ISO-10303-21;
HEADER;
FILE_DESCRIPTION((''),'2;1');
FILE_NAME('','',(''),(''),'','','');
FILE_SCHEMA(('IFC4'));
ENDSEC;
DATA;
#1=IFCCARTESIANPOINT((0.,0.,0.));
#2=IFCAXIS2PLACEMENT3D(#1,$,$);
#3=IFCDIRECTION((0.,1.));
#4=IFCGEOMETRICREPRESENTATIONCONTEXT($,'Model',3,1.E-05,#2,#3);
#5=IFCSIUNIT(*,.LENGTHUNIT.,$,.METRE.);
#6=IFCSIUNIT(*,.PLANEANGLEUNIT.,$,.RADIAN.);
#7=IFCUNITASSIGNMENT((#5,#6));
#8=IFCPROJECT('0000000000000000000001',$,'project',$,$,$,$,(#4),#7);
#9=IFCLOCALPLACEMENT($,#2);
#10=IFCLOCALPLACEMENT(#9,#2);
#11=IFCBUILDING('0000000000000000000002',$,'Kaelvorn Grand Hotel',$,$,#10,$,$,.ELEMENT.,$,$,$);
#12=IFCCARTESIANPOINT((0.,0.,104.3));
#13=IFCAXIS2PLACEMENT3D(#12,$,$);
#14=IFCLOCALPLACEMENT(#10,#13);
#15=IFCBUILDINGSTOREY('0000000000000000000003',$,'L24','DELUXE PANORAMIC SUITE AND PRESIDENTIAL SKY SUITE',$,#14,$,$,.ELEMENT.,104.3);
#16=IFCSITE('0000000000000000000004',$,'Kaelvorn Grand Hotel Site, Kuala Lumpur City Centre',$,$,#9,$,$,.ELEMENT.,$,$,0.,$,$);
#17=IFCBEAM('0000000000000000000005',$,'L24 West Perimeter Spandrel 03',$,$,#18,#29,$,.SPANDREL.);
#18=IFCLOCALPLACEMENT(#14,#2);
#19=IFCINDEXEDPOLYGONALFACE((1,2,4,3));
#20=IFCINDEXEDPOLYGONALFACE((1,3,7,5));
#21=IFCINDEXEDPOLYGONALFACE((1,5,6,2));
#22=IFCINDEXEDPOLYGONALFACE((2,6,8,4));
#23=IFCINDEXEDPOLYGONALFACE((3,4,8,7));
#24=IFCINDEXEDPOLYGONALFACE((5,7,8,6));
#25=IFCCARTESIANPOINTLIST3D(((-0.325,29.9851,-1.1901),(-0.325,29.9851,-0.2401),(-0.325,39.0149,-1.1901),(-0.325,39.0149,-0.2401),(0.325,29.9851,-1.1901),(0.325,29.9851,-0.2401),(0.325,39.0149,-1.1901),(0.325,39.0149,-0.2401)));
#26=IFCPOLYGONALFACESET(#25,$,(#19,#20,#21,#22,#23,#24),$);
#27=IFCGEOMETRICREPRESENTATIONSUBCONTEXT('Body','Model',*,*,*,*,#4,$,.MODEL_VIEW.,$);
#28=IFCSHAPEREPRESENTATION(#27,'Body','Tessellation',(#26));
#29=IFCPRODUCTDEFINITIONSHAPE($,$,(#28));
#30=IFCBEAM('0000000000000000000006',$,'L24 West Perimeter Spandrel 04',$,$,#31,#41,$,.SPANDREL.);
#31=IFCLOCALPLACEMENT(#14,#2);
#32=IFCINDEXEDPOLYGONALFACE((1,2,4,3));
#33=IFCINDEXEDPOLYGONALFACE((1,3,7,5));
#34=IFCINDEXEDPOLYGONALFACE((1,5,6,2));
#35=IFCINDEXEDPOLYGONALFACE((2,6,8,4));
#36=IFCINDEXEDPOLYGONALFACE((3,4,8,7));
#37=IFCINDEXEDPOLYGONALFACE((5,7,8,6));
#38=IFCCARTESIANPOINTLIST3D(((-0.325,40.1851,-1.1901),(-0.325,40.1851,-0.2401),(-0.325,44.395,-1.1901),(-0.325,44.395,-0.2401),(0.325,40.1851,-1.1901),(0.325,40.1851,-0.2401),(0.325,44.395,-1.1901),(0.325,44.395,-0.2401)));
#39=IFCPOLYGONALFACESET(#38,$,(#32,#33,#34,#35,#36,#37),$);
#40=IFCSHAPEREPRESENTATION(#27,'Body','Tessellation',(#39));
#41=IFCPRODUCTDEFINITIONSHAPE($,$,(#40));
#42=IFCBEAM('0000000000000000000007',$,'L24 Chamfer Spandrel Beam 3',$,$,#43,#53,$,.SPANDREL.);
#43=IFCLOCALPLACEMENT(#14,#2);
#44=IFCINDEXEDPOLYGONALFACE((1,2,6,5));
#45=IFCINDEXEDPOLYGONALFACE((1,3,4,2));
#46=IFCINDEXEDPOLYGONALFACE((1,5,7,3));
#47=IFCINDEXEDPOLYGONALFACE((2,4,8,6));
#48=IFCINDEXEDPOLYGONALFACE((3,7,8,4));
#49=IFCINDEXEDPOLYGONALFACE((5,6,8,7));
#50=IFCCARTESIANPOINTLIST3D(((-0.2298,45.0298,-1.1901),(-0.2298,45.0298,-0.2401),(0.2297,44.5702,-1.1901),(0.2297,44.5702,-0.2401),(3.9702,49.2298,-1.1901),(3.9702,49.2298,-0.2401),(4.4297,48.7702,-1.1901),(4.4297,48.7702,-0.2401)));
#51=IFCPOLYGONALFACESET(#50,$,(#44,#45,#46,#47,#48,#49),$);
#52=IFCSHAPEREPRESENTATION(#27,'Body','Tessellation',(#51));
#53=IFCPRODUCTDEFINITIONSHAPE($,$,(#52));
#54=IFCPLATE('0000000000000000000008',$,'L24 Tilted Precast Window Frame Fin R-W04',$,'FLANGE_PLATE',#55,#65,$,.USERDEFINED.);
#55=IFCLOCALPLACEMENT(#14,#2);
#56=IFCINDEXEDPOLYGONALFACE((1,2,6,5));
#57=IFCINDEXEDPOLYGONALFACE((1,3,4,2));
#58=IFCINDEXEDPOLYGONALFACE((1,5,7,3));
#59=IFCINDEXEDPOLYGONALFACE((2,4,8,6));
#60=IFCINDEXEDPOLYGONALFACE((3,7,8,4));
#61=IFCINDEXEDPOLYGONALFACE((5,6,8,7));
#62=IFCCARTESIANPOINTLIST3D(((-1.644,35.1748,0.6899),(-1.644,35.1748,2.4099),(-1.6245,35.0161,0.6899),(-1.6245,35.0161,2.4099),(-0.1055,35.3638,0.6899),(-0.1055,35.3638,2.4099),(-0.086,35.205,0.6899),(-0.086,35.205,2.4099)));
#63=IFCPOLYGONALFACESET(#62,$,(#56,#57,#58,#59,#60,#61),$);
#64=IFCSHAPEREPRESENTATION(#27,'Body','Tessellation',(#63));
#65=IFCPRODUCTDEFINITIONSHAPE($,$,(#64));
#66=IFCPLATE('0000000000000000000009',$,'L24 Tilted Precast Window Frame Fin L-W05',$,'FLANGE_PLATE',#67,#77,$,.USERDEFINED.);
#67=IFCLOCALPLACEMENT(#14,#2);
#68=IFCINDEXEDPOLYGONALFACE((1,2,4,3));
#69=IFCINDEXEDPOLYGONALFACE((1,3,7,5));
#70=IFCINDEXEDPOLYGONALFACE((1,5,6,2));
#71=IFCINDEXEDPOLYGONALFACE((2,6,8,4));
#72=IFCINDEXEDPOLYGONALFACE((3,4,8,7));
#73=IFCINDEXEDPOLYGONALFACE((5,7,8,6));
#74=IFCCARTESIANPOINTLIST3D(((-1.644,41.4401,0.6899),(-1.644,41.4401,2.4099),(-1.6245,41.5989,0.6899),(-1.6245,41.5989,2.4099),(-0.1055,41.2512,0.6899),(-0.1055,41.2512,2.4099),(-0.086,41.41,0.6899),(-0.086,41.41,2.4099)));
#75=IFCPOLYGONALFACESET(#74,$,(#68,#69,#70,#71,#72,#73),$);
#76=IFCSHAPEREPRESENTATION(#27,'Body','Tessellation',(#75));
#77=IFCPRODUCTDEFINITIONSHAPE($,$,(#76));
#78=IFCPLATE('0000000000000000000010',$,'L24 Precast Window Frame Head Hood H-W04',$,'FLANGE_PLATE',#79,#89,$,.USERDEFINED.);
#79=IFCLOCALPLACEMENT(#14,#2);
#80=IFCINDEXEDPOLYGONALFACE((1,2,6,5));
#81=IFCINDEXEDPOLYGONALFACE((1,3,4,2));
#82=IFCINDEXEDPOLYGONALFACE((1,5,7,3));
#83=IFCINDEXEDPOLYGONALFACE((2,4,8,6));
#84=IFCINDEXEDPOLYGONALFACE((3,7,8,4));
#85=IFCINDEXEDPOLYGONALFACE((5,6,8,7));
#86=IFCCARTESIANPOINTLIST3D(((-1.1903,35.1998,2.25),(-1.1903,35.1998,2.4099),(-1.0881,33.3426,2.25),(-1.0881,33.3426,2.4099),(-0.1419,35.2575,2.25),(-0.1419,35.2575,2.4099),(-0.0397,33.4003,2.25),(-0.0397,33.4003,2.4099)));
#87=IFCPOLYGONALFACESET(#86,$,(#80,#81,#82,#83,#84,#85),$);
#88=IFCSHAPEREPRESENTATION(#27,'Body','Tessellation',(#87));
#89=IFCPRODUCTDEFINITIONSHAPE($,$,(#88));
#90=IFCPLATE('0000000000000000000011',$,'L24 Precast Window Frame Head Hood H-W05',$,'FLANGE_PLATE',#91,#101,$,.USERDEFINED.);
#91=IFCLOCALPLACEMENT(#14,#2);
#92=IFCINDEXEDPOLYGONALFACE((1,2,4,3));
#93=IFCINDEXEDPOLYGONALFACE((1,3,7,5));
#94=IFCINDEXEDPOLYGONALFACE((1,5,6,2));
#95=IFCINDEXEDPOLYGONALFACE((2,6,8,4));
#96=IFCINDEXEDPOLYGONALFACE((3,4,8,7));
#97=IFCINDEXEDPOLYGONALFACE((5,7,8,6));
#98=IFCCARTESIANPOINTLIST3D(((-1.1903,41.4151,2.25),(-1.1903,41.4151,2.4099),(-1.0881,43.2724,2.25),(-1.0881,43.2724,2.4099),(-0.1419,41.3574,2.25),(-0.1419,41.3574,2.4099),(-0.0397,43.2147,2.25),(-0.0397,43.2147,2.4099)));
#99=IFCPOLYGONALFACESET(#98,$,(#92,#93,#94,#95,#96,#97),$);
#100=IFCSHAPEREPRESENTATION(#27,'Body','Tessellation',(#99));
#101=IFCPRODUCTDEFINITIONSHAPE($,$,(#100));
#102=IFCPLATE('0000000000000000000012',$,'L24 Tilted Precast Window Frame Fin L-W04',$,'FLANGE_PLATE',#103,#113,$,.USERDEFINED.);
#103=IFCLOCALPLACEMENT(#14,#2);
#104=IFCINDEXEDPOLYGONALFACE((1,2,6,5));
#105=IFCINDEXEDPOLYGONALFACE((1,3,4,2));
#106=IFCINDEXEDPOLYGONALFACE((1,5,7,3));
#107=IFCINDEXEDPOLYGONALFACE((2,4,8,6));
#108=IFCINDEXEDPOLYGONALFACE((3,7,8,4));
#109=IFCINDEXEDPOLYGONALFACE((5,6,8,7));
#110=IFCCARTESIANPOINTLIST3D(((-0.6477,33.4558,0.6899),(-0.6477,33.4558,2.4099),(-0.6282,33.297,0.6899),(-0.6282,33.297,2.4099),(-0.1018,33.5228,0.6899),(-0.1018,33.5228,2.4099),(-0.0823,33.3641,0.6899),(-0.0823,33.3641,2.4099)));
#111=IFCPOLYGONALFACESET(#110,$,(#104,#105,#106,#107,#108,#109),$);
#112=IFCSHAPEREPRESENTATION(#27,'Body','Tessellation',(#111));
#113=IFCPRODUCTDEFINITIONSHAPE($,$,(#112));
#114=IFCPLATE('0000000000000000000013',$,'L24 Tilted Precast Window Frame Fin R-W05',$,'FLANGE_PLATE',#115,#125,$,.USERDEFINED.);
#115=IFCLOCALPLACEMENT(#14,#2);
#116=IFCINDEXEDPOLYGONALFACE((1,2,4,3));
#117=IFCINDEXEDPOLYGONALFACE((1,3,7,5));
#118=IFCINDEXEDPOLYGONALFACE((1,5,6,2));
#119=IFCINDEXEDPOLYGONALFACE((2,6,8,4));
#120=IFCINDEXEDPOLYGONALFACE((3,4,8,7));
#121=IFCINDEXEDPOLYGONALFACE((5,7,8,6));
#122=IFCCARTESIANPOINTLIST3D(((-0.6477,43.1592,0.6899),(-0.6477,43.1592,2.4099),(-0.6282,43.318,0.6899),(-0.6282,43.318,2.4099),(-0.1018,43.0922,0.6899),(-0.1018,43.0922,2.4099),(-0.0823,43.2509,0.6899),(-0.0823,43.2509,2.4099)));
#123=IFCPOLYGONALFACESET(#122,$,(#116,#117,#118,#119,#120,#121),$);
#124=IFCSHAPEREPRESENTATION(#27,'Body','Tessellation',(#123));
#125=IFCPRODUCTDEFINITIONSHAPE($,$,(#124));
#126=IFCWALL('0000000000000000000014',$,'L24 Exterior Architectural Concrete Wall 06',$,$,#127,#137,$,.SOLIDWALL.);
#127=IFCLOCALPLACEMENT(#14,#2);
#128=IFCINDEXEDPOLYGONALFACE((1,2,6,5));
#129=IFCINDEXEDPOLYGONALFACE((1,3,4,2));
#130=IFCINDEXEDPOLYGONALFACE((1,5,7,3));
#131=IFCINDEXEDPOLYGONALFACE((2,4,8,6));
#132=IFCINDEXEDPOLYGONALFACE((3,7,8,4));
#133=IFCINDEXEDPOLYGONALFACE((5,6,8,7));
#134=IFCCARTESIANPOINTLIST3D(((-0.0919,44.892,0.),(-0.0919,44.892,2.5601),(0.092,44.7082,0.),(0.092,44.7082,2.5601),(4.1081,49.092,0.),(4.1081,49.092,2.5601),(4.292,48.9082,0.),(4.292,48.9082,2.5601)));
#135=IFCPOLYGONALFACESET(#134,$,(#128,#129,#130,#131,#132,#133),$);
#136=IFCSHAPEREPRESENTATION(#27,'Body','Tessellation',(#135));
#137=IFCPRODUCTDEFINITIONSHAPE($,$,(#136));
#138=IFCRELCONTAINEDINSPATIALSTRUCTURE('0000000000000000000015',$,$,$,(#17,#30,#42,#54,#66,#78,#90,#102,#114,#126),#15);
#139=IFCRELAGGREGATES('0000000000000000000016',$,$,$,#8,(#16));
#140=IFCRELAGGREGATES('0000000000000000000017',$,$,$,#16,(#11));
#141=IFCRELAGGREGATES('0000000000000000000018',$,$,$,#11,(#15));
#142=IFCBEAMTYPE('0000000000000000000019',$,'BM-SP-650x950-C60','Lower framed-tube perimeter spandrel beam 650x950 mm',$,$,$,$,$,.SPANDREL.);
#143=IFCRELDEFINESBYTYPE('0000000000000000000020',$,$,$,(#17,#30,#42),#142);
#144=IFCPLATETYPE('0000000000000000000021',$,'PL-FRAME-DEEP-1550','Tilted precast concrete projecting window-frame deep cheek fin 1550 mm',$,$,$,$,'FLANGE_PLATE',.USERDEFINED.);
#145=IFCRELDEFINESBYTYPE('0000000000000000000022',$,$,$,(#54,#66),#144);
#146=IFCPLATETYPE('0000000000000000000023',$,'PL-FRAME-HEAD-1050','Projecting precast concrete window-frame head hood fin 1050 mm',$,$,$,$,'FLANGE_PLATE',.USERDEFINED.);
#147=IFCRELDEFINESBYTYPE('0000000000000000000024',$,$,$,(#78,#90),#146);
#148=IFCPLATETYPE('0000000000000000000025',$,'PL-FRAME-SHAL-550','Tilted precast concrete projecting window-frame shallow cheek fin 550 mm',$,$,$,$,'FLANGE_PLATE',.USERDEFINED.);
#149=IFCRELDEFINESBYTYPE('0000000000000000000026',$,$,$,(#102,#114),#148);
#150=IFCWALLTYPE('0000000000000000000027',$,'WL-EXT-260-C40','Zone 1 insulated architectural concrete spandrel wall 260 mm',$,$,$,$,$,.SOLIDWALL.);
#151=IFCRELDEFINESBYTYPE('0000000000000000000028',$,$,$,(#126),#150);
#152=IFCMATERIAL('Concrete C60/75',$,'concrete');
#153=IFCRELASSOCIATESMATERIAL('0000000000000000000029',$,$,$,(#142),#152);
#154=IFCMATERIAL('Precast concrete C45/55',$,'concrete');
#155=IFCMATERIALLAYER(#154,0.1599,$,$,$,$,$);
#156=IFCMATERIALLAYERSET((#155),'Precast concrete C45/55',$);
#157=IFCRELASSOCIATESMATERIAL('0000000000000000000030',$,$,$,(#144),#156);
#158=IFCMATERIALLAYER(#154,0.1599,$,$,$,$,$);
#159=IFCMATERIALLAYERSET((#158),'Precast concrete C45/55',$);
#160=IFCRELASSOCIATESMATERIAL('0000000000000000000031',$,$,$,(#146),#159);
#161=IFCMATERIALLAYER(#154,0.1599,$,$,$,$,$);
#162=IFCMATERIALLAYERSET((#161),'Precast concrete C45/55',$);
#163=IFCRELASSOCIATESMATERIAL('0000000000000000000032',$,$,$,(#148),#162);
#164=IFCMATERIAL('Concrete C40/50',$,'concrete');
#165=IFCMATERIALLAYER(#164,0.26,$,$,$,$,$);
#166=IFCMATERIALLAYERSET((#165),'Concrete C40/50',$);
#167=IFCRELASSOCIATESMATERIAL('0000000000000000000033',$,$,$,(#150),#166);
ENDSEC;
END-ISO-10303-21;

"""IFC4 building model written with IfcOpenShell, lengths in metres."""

from ifc_helpers import new_model, si_unit, direction, frame, frame_2d, origin, origin_2d, place, context, subcontext, project, spatial, rectangle, extrude, material, layer, layer_set, material_profile, profile_set, type_object, element, save


model = new_model("IFC4")

# Units and contexts
model_context = context("Model", 3, precision=1e-05, world=origin(), true_north=direction((0.0, 1.0)))
body_context = subcontext(model_context, "Body", "Model", "MODEL_VIEW")
ifc_project = project(units=[si_unit("LENGTHUNIT", "METRE"), si_unit("PLANEANGLEUNIT", "RADIAN")], contexts=[model_context])

# Site, building, storey
site_placement = place(None, origin())
site = spatial("IfcSite", under=ifc_project, at=site_placement, Name="Kaelvorn Grand Hotel Site, Kuala Lumpur City Centre", CompositionType="ELEMENT", RefElevation=0.0)
building_placement = place(site_placement, origin())
building = spatial("IfcBuilding", under=site, at=building_placement, Name="Kaelvorn Grand Hotel", CompositionType="ELEMENT")
storey_placement = place(building_placement, frame((0.0, 0.0, 104.3)))
storey = spatial("IfcBuildingStorey", under=building, at=storey_placement, Name="L24", Description="DELUXE PANORAMIC SUITE AND PRESIDENTIAL SKY SUITE", CompositionType="ELEMENT", Elevation=104.3)

# Shared definitions
ifc_material_1 = material(Name="Concrete C60/75", Category="concrete")

# Beams
ifc_material_profile_1 = material_profile(ifc_material_1, rectangle(XDim=0.6499, YDim=0.95, at=origin_2d()), Name="RC SPANDREL 650x950")
ifc_profile_set_1 = profile_set([ifc_material_profile_1], Name="Concrete C60/75")
beam_type_1 = type_object("IfcBeamType", Name="BM-SP-650x950-C60", Description="Lower framed-tube perimeter spandrel beam 650x950 mm", PredefinedType="SPANDREL", material=ifc_profile_set_1)
beam_1_placement = place(storey_placement, frame((0.0, 29.9851, -0.7151), z_axis=(0.0, 1.0, 0.0), x_axis=(-1.0, 0.0, 0.0)))
element("IfcBeam", 1, at=beam_1_placement, inside=storey, type_object=beam_type_1, Name="L24 West Perimeter Spandrel 03", PredefinedType="SPANDREL", context=body_context, shape_type="SweptSolid", body=[
    extrude(rectangle(XDim=0.6499, YDim=0.95, at=origin_2d()), origin(), (0.0, 0.0, 1.0), 9.0298),
])
beam_2_placement = place(storey_placement, frame((0.0, 40.1851, -0.7151), z_axis=(0.0, 1.0, 0.0), x_axis=(-1.0, 0.0, 0.0)))
element("IfcBeam", 2, at=beam_2_placement, inside=storey, type_object=beam_type_1, Name="L24 West Perimeter Spandrel 04", PredefinedType="SPANDREL", context=body_context, shape_type="SweptSolid", body=[
    extrude(rectangle(XDim=0.6499, YDim=0.95, at=origin_2d()), origin(), (0.0, 0.0, 1.0), 4.21),
])
beam_3_placement = place(storey_placement, frame((4.2, 49.0, -0.7151), z_axis=(-0.707107, -0.707107, 0.0), x_axis=(0.707107, -0.707107, 0.0)))
element("IfcBeam", 3, at=beam_3_placement, inside=storey, type_object=beam_type_1, Name="L24 Chamfer Spandrel Beam 3", PredefinedType="SPANDREL", context=body_context, shape_type="SweptSolid", body=[
    extrude(rectangle(XDim=0.6499, YDim=0.95, at=origin_2d()), origin(), (0.0, 0.0, 1.0), 5.9397),
])

# Plates
ifc_material_2 = material(Name="Precast concrete C45/55", Category="concrete")
ifc_layer_1 = layer(ifc_material_2, 0.1599)
ifc_layer_set_1 = layer_set([ifc_layer_1], Name="Precast concrete C45/55")
plate_type_1 = type_object("IfcPlateType", Name="PL-FRAME-DEEP-1550", Description="Tilted precast concrete projecting window-frame deep cheek fin 1550 mm", ElementType="FLANGE_PLATE", PredefinedType="USERDEFINED", material=ifc_layer_set_1)
for number, where, z_axis, x_axis, name in (
    (4, (-0.865, 35.1899, 0.6899), (0.0, 0.0, 1.0), (-0.121869, 0.992546, 0.0), "L24 Tilted Precast Window Frame Fin R-W04"),
    (5, (-0.865, 41.425, 0.6899), (0.0, 0.0, 1.0), (0.121869, 0.992546, 0.0), "L24 Tilted Precast Window Frame Fin L-W05"),
):
    element("IfcPlate", number, at=place(storey_placement, frame(where, z_axis=z_axis, x_axis=x_axis)), inside=storey, type_object=plate_type_1, Name=name, ObjectType="FLANGE_PLATE", PredefinedType="USERDEFINED", context=body_context, shape_type="SweptSolid", body=[
        extrude(rectangle(XDim=0.1599, YDim=1.55, at=origin_2d()), origin(), (0.0, 0.0, 1.0), 1.72),
    ])
ifc_layer_2 = layer(ifc_material_2, 0.1599)
ifc_layer_set_2 = layer_set([ifc_layer_2], Name="Precast concrete C45/55")
plate_type_2 = type_object("IfcPlateType", Name="PL-FRAME-HEAD-1050", Description="Projecting precast concrete window-frame head hood fin 1050 mm", ElementType="FLANGE_PLATE", PredefinedType="USERDEFINED", material=ifc_layer_set_2)
for number, where, z_axis, x_axis, name in (
    (6, (-0.615, 34.3, 2.25), (0.0, 0.0, 1.0), (-0.05495, 0.998489, 0.0), "L24 Precast Window Frame Head Hood H-W04"),
    (7, (-0.615, 42.3149, 2.25), (0.0, 0.0, 1.0), (0.05495, 0.998489, 0.0), "L24 Precast Window Frame Head Hood H-W05"),
):
    element("IfcPlate", number, at=place(storey_placement, frame(where, z_axis=z_axis, x_axis=x_axis)), inside=storey, type_object=plate_type_2, Name=name, ObjectType="FLANGE_PLATE", PredefinedType="USERDEFINED", context=body_context, shape_type="SweptSolid", body=[
        extrude(rectangle(XDim=1.8601, YDim=1.05, at=origin_2d()), origin(), (0.0, 0.0, 1.0), 0.1599),
    ])
ifc_layer_3 = layer(ifc_material_2, 0.1599)
ifc_layer_set_3 = layer_set([ifc_layer_3], Name="Precast concrete C45/55")
plate_type_3 = type_object("IfcPlateType", Name="PL-FRAME-SHAL-550", Description="Tilted precast concrete projecting window-frame shallow cheek fin 550 mm", ElementType="FLANGE_PLATE", PredefinedType="USERDEFINED", material=ifc_layer_set_3)
for number, where, z_axis, x_axis, name in (
    (8, (-0.365, 33.4099, 0.6899), (0.0, 0.0, 1.0), (-0.121869, 0.992546, 0.0), "L24 Tilted Precast Window Frame Fin L-W04"),
    (9, (-0.365, 43.2051, 0.6899), (0.0, 0.0, 1.0), (0.121869, 0.992546, 0.0), "L24 Tilted Precast Window Frame Fin R-W05"),
):
    element("IfcPlate", number, at=place(storey_placement, frame(where, z_axis=z_axis, x_axis=x_axis)), inside=storey, type_object=plate_type_3, Name=name, ObjectType="FLANGE_PLATE", PredefinedType="USERDEFINED", context=body_context, shape_type="SweptSolid", body=[
        extrude(rectangle(XDim=0.1599, YDim=0.55, at=origin_2d()), origin(), (0.0, 0.0, 1.0), 1.72),
    ])

# Wall
ifc_material_3 = material(Name="Concrete C40/50", Category="concrete")
ifc_layer_4 = layer(ifc_material_3, 0.26)
ifc_layer_set_4 = layer_set([ifc_layer_4], Name="Concrete C40/50")
wall_type_1 = type_object("IfcWallType", Name="WL-EXT-260-C40", Description="Zone 1 insulated architectural concrete spandrel wall 260 mm", PredefinedType="SOLIDWALL", material=ifc_layer_set_4)
wall_1_placement = place(storey_placement, frame((4.2, 49.0, 0.0), z_axis=(0.0, 0.0, 1.0), x_axis=(-0.707107, -0.707107, 0.0)))
element("IfcWall", 10, at=wall_1_placement, inside=storey, type_object=wall_type_1, Name="L24 Exterior Architectural Concrete Wall 06", PredefinedType="SOLIDWALL", context=body_context, shape_type="SweptSolid", body=[
    extrude(rectangle(XDim=5.9397, YDim=0.26, at=frame_2d((2.9697, 0.0))), origin(), (0.0, 0.0, 1.0), 2.5601),
])

save(model, "model.ifc")
